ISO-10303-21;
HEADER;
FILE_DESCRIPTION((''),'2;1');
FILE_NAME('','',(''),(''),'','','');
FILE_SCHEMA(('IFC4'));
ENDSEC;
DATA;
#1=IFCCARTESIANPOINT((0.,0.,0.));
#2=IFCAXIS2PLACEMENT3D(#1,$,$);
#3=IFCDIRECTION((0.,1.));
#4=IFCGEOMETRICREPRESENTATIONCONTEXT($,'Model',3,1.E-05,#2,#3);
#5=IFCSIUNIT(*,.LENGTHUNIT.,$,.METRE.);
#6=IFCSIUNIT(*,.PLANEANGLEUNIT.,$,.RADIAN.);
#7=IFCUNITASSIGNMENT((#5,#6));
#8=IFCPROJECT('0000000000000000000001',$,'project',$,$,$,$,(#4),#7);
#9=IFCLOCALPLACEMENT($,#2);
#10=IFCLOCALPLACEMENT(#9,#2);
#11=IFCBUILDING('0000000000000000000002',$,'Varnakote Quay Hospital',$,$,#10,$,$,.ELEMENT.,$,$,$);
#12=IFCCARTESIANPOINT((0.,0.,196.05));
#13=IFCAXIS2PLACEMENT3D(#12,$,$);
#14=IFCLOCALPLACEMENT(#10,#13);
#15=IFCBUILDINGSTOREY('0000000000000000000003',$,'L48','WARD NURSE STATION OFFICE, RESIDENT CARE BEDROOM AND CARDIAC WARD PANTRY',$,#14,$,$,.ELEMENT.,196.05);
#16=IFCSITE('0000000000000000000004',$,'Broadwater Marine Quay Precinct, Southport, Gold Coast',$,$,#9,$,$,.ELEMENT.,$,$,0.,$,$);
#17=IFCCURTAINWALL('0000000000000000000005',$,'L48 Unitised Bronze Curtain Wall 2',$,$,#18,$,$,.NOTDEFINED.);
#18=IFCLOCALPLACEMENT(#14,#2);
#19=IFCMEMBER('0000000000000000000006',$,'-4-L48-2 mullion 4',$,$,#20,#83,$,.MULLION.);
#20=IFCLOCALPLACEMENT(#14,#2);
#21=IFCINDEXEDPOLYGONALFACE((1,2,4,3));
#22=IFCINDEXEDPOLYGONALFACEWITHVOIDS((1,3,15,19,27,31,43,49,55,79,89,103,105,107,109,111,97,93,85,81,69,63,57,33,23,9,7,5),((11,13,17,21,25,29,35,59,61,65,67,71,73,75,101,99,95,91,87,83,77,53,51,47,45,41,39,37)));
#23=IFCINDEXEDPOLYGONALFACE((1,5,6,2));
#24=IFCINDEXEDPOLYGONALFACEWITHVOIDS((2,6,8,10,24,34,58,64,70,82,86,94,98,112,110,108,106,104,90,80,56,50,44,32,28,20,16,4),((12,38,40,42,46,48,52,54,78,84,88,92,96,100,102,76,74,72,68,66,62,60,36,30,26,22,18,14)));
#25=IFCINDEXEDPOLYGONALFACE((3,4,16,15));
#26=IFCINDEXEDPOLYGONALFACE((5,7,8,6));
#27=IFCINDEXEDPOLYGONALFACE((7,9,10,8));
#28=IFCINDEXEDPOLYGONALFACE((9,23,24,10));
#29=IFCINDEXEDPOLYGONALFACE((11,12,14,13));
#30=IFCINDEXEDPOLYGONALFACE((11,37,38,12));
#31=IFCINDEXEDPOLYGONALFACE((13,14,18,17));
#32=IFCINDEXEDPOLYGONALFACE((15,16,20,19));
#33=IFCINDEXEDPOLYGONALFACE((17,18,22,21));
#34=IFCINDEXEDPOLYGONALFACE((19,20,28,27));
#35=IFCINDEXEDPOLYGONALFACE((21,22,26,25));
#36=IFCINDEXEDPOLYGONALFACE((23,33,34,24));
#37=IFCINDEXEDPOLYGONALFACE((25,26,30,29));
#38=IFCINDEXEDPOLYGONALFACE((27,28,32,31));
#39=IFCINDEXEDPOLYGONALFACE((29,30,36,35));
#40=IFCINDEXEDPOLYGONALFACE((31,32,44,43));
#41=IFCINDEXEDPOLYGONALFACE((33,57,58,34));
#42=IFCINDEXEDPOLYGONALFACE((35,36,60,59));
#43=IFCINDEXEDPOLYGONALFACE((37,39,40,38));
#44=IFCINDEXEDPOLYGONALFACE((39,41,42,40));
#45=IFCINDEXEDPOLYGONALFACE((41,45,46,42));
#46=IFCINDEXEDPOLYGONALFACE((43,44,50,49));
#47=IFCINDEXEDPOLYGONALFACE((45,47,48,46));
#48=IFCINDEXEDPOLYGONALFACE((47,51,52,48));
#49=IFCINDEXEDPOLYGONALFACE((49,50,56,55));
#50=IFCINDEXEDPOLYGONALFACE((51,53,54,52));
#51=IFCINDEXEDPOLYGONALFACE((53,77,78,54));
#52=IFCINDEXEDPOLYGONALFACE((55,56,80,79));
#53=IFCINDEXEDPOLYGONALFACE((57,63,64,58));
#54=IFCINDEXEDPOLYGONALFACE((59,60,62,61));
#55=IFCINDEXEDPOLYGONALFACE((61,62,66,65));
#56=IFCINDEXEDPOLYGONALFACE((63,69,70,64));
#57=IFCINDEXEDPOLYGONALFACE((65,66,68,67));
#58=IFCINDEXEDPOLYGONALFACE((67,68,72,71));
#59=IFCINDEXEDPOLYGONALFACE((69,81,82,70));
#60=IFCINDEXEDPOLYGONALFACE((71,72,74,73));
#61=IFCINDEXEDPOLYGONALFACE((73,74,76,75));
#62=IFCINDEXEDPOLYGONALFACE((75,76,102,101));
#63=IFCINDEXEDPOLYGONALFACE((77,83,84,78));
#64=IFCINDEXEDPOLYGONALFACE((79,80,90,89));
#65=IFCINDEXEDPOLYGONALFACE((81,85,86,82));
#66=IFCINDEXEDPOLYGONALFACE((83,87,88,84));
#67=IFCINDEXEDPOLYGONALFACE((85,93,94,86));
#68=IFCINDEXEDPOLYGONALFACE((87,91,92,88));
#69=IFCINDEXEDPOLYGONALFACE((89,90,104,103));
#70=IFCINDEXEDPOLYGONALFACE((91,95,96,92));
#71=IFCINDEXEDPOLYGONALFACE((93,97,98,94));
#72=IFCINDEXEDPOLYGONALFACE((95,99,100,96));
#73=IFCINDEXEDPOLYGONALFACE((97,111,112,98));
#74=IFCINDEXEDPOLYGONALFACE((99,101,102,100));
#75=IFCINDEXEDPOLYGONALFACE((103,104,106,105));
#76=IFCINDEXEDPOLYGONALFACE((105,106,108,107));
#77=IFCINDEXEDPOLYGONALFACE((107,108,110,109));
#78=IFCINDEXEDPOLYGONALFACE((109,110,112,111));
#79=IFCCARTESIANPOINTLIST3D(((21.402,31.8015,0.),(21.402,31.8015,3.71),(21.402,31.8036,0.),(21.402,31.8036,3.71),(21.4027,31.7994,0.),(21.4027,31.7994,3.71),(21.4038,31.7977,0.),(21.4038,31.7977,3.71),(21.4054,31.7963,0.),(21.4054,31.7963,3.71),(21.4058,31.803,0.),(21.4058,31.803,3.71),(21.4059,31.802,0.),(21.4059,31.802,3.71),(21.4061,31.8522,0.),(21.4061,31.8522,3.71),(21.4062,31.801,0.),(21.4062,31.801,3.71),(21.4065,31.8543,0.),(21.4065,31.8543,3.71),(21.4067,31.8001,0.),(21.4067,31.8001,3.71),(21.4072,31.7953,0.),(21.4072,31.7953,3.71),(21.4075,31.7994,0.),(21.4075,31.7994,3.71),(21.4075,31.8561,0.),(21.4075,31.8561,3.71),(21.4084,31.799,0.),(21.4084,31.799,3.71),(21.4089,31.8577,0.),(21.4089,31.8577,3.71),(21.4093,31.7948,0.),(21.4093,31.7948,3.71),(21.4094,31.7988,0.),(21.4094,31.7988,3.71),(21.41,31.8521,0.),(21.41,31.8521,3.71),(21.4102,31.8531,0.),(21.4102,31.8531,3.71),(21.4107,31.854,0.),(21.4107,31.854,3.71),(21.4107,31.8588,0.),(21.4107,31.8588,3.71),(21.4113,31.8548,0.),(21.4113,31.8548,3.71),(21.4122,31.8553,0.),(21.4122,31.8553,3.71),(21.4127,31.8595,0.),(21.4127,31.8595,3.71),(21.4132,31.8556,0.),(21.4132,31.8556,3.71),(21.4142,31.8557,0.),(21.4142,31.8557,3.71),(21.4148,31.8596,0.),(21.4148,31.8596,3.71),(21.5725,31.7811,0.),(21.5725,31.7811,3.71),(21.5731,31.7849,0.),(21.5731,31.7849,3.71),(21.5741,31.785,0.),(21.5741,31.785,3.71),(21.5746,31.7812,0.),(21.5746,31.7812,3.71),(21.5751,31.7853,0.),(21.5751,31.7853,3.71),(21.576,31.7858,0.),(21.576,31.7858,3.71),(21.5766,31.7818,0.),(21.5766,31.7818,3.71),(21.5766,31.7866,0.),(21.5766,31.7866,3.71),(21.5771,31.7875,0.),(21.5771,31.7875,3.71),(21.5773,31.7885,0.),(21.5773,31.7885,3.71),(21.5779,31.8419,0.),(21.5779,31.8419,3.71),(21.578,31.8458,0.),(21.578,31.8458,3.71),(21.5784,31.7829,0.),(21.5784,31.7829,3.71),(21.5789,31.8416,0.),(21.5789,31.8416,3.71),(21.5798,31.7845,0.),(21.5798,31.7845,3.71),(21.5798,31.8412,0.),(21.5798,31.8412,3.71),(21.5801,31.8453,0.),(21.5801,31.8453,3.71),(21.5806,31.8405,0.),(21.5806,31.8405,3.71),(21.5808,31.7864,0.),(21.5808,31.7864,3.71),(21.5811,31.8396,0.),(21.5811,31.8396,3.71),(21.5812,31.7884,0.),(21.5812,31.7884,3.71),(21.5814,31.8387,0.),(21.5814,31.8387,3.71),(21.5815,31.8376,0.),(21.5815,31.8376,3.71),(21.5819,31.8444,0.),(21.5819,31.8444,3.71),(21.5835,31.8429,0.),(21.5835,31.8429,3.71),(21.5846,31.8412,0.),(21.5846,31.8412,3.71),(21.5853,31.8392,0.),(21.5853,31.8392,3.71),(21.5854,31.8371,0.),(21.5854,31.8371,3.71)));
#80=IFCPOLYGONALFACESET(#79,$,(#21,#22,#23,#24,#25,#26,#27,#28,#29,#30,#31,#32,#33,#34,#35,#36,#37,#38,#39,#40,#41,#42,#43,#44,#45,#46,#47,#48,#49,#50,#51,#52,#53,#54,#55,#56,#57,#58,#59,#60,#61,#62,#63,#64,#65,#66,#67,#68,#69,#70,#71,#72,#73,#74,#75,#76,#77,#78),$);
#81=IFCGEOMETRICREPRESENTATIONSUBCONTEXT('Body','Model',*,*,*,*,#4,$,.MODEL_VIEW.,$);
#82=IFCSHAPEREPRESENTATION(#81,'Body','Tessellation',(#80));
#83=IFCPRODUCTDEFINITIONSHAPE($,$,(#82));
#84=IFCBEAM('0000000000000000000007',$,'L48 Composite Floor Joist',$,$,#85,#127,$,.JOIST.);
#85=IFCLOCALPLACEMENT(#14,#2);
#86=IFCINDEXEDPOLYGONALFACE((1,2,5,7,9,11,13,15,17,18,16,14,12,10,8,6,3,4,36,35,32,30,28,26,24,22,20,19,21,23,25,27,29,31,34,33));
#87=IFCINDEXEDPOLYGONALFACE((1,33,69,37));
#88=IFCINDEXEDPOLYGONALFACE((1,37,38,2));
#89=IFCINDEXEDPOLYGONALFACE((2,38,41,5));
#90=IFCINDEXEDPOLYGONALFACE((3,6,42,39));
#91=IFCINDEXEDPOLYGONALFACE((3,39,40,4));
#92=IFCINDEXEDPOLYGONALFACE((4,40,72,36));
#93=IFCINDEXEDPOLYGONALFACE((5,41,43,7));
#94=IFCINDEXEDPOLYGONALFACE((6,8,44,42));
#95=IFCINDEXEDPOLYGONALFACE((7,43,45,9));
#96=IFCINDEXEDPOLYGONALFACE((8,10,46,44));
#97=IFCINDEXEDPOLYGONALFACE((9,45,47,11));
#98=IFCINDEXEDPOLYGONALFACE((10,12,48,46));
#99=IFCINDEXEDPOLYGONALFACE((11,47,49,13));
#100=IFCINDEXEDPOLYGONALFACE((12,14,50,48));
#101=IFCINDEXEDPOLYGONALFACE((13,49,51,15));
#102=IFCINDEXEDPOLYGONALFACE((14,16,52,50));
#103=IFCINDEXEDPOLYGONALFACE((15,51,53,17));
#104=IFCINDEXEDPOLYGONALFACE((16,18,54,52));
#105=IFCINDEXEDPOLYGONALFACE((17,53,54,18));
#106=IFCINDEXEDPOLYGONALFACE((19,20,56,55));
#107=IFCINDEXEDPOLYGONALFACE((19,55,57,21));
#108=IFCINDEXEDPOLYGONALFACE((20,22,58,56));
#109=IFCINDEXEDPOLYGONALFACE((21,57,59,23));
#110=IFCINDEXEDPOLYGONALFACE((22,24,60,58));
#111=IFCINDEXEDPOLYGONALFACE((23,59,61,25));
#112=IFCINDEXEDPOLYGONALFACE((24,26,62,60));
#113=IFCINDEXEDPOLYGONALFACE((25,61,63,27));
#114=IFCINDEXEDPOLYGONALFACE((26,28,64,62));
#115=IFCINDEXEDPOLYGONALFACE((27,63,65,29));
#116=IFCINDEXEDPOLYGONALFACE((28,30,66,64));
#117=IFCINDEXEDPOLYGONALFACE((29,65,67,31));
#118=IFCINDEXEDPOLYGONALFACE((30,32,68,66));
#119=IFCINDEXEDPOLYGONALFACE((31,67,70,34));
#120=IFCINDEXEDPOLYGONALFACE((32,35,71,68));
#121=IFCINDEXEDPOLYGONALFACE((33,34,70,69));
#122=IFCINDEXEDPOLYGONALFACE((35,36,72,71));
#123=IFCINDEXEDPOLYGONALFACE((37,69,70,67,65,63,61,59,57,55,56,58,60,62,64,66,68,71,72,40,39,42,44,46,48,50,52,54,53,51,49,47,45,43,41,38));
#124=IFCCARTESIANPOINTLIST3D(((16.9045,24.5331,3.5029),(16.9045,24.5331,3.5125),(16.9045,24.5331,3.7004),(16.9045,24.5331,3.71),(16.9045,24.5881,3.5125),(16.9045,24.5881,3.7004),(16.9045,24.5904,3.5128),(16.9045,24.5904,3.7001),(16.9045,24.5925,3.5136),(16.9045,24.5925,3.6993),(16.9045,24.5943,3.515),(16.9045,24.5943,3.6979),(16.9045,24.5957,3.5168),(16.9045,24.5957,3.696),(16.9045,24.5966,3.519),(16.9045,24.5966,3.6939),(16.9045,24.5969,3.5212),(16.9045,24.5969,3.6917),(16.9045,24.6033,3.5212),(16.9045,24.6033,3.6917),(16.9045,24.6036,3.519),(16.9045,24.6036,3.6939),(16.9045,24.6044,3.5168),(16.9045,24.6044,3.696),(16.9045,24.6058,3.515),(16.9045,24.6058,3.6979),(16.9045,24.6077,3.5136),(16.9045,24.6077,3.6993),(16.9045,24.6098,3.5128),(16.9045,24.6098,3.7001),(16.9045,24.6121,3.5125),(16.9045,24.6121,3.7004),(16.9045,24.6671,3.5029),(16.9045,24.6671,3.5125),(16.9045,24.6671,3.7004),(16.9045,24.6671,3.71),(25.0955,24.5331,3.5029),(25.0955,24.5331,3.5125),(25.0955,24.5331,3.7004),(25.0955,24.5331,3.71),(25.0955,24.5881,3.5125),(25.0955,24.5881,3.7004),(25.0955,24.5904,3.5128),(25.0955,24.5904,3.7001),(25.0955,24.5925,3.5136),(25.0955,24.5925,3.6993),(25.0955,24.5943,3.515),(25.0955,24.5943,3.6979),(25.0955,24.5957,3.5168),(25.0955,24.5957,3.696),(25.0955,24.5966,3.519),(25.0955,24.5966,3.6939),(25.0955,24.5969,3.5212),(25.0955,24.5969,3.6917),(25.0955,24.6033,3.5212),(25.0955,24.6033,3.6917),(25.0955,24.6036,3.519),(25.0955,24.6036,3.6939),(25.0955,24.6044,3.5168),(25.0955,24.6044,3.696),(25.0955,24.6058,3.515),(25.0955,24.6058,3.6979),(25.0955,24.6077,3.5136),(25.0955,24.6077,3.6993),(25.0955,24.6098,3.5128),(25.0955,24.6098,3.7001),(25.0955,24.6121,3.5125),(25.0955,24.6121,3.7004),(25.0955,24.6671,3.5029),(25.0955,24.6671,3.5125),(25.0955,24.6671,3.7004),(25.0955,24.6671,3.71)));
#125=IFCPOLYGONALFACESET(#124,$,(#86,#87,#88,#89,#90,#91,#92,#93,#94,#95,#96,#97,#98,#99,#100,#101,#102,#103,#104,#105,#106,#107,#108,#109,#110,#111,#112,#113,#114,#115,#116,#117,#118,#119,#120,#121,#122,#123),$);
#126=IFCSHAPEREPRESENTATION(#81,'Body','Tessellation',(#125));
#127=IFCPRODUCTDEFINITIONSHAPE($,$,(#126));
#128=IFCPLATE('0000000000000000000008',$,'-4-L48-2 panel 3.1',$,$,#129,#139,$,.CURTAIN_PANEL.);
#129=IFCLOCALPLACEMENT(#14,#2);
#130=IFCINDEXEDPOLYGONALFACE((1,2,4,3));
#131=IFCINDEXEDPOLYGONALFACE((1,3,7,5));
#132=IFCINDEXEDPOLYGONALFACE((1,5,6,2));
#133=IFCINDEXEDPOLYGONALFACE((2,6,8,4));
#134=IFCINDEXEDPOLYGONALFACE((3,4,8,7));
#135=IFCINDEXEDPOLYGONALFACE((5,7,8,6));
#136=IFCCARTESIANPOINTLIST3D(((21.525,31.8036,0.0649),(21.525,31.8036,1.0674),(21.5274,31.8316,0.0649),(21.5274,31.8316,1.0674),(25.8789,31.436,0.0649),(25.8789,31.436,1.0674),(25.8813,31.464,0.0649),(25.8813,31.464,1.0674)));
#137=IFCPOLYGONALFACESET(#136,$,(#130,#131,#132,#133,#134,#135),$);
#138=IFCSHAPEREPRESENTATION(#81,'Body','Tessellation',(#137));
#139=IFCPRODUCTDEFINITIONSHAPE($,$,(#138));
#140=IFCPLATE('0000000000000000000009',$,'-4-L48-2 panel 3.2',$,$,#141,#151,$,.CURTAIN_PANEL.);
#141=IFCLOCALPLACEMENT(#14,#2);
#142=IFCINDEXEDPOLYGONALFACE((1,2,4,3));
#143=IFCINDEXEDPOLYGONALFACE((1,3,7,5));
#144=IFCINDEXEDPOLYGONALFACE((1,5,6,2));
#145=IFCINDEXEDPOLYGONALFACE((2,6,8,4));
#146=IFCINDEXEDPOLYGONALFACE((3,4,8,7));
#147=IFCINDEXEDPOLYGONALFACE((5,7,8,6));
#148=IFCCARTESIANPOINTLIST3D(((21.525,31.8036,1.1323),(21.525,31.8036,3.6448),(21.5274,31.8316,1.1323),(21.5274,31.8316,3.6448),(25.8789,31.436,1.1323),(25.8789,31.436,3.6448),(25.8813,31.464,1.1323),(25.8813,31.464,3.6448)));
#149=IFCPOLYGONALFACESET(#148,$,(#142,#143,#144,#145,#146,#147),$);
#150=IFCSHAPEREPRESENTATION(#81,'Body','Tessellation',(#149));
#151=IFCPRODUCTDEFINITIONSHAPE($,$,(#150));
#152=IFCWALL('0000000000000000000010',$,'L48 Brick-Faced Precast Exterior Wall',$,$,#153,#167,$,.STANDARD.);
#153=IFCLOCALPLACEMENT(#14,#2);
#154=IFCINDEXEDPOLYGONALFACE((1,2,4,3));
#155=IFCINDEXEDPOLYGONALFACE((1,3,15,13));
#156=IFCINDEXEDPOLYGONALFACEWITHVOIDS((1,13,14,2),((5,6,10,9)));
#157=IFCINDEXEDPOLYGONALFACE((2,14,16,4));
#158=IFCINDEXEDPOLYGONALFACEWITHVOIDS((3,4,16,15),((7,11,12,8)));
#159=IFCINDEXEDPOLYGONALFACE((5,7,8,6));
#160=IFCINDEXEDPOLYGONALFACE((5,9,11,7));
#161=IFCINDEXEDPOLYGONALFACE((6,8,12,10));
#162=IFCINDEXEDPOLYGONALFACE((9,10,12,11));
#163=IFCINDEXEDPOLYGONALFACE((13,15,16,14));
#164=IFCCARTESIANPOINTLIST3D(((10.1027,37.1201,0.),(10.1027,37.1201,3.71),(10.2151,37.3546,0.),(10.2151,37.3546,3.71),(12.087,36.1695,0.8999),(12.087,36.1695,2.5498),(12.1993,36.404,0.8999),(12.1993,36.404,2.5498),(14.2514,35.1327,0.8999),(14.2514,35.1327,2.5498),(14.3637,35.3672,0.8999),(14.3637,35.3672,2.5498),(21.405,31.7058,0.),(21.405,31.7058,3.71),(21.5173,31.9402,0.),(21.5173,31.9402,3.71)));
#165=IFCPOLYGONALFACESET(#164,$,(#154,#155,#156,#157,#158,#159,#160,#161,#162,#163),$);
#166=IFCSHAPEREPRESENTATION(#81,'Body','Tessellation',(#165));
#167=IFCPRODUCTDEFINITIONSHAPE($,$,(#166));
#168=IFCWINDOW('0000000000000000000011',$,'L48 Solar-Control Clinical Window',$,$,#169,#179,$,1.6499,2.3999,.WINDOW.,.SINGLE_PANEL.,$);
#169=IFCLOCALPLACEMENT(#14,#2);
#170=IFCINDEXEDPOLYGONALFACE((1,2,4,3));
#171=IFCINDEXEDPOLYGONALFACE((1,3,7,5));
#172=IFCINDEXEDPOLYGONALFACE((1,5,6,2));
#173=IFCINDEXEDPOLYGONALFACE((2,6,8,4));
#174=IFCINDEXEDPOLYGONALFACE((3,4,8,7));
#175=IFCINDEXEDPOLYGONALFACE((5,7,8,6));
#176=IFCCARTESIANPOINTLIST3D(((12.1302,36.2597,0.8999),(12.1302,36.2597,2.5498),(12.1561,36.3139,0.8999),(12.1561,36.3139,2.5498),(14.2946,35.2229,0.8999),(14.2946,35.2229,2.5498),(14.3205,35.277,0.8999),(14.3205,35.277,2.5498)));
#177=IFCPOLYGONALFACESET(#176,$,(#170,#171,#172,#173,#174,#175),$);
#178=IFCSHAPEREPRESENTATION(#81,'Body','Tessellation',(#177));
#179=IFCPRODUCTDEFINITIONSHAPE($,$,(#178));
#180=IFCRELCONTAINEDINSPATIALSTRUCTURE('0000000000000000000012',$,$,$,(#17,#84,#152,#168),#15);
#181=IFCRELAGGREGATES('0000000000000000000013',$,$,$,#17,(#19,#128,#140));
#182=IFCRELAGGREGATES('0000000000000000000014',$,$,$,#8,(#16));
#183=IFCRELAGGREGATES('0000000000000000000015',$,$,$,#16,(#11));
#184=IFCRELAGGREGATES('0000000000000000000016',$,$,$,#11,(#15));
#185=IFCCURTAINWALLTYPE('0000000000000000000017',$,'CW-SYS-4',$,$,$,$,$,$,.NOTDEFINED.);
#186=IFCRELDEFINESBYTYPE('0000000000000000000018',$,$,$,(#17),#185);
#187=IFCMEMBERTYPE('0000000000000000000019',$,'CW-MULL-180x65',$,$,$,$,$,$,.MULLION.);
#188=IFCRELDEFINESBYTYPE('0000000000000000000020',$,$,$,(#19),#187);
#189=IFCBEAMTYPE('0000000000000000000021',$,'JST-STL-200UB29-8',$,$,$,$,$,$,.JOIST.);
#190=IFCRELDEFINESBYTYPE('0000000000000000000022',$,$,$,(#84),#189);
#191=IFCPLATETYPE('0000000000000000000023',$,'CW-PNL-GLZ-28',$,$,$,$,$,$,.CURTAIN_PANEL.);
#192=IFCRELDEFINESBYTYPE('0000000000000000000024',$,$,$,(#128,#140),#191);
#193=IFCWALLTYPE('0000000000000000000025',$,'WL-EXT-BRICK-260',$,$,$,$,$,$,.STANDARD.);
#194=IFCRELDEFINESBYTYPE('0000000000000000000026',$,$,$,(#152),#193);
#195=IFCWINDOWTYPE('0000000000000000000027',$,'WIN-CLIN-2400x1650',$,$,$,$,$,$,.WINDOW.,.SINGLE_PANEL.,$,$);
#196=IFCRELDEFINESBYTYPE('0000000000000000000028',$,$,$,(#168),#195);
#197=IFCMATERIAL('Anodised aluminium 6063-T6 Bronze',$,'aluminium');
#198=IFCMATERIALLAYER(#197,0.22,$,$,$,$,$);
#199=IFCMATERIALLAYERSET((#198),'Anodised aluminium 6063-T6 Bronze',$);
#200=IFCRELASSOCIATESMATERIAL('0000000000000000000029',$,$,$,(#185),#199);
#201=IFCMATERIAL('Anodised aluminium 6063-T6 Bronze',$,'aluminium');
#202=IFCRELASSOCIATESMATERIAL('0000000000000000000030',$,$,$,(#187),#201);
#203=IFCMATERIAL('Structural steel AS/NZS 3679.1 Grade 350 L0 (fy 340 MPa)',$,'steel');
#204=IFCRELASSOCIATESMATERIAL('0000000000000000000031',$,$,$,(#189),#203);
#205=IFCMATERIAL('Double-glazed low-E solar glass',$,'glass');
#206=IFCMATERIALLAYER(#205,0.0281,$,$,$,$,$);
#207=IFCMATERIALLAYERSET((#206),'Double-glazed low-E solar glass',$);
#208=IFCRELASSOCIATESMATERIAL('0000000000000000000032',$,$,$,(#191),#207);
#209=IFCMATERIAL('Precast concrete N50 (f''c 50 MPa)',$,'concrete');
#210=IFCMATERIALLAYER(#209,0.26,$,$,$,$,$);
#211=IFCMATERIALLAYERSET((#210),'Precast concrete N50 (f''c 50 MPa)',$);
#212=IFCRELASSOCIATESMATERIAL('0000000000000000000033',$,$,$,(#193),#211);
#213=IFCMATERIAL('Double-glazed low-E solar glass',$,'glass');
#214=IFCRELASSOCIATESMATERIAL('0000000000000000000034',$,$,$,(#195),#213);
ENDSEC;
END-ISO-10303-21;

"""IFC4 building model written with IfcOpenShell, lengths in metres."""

from ifc_helpers import new_model, si_unit, direction, frame, frame_2d, origin, origin_2d, place, context, subcontext, project, spatial, rectangle, hollow_rectangle, i_section, extrude, material, layer, layer_set, material_profile, profile_set, type_object, element, fill, aggregate, save


model = new_model("IFC4")

# Units and contexts
model_context = context("Model", 3, precision=1e-05, world=origin(), true_north=direction((0.0, 1.0)))
body_context = subcontext(model_context, "Body", "Model", "MODEL_VIEW")
ifc_project = project(units=[si_unit("LENGTHUNIT", "METRE"), si_unit("PLANEANGLEUNIT", "RADIAN")], contexts=[model_context])

# Site, building, storey
site_placement = place(None, origin())
site = spatial("IfcSite", under=ifc_project, at=site_placement, Name="Broadwater Marine Quay Precinct, Southport, Gold Coast", CompositionType="ELEMENT", RefElevation=0.0)
building_placement = place(site_placement, origin())
building = spatial("IfcBuilding", under=site, at=building_placement, Name="Varnakote Quay Hospital", CompositionType="ELEMENT")
storey_placement = place(building_placement, frame((0.0, 0.0, 196.05)))
storey = spatial("IfcBuildingStorey", under=building, at=storey_placement, Name="L48", Description="WARD NURSE STATION OFFICE, RESIDENT CARE BEDROOM AND CARDIAC WARD PANTRY", CompositionType="ELEMENT", Elevation=196.05)

# Curtain wall, member
ifc_material_1 = material(Name="Anodised aluminium 6063-T6 Bronze", Category="aluminium")
ifc_layer_1 = layer(ifc_material_1, 0.22)
ifc_layer_set_1 = layer_set([ifc_layer_1], Name="Anodised aluminium 6063-T6 Bronze")
curtain_wall_type = type_object("IfcCurtainWallType", Name="CW-SYS-4", PredefinedType="NOTDEFINED", material=ifc_layer_set_1)
curtain_wall_placement = place(storey_placement, origin())
curtain_wall = element("IfcCurtainWall", 1, at=curtain_wall_placement, inside=storey, type_object=curtain_wall_type, Name="L48 Unitised Bronze Curtain Wall 2", PredefinedType="NOTDEFINED")
ifc_material_2 = material(Name="Anodised aluminium 6063-T6 Bronze", Category="aluminium")
ifc_material_profile_1 = material_profile(ifc_material_2, hollow_rectangle(XDim=0.0649, YDim=0.1799, WallThickness=0.0039, InnerFilletRadius=0.0039, OuterFilletRadius=0.0081, at=origin_2d()), Name="CW-MULL-180x65")
ifc_profile_set_1 = profile_set([ifc_material_profile_1], Name="Anodised aluminium 6063-T6 Bronze")
member_type = type_object("IfcMemberType", Name="CW-MULL-180x65", PredefinedType="MULLION", material=ifc_profile_set_1)
member_placement = place(storey_placement, frame((21.4937, 31.8203, 0.0), z_axis=(0.0, 0.0, 1.0), x_axis=(-0.084136, -0.996454, 0.0)))
member = element("IfcMember", 2, at=member_placement, type_object=member_type, Name="-4-L48-2 mullion 4", PredefinedType="MULLION", context=body_context, shape_type="SweptSolid", body=[
    extrude(hollow_rectangle(XDim=0.0649, YDim=0.1799, WallThickness=0.0039, InnerFilletRadius=0.0039, OuterFilletRadius=0.0081, at=origin_2d()), origin(), (0.0, 0.0, 1.0), 3.71),
])

# Beam
ifc_material_3 = material(Name="Structural steel AS/NZS 3679.1 Grade 350 L0 (fy 340 MPa)", Category="steel")
ifc_material_profile_2 = material_profile(ifc_material_3, i_section(OverallWidth=0.134, OverallDepth=0.207, WebThickness=0.0063, FlangeThickness=0.0095, FilletRadius=0.0088, at=origin_2d()), Name="200UB29.8")
ifc_profile_set_2 = profile_set([ifc_material_profile_2], Name="Structural steel AS/NZS 3679.1 Grade 350 L0 (fy 340 MPa)")
beam_type_1 = type_object("IfcBeamType", Name="JST-STL-200UB29-8", PredefinedType="JOIST", material=ifc_profile_set_2)
beam_1_placement = place(storey_placement, frame((16.9045, 24.6001, 3.6064), z_axis=(1.0, 0.0, 0.0), x_axis=(0.0, 1.0, 0.0)))
element("IfcBeam", 3, at=beam_1_placement, inside=storey, type_object=beam_type_1, Name="L48 Composite Floor Joist", PredefinedType="JOIST", context=body_context, shape_type="SweptSolid", body=[
    extrude(i_section(OverallWidth=0.134, OverallDepth=0.207, WebThickness=0.0063, FlangeThickness=0.0095, FilletRadius=0.0088, at=origin_2d()), origin(), (0.0, 0.0, 1.0), 8.1909),
])

# Plates
ifc_material_4 = material(Name="Double-glazed low-E solar glass", Category="glass")
ifc_layer_2 = layer(ifc_material_4, 0.0281)
ifc_layer_set_2 = layer_set([ifc_layer_2], Name="Double-glazed low-E solar glass")
plate_type = type_object("IfcPlateType", Name="CW-PNL-GLZ-28", PredefinedType="CURTAIN_PANEL", material=ifc_layer_set_2)
plate_1_placement = place(storey_placement, frame((23.7031, 31.6338, 0.0649), z_axis=(0.0, 0.0, 1.0), x_axis=(-0.996454, 0.084136, 0.0)))
plate_1 = element("IfcPlate", 4, at=plate_1_placement, type_object=plate_type, Name="-4-L48-2 panel 3.1", PredefinedType="CURTAIN_PANEL", context=body_context, shape_type="SweptSolid", body=[
    extrude(rectangle(XDim=4.3694, YDim=0.0281, at=origin_2d()), origin(), (0.0, 0.0, 1.0), 1.0024),
])
plate_2_placement = place(storey_placement, frame((23.7031, 31.6338, 1.1323), z_axis=(0.0, 0.0, 1.0), x_axis=(-0.996454, 0.084136, 0.0)))
plate_2 = element("IfcPlate", 5, at=plate_2_placement, type_object=plate_type, Name="-4-L48-2 panel 3.2", PredefinedType="CURTAIN_PANEL", context=body_context, shape_type="SweptSolid", body=[
    extrude(rectangle(XDim=4.3694, YDim=0.0281, at=origin_2d()), origin(), (0.0, 0.0, 1.0), 2.5125),
])
aggregate(curtain_wall, [member, plate_1, plate_2])

# Wall, opening, window
ifc_material_5 = material(Name="Precast concrete N50 (f'c 50 MPa)", Category="concrete")
ifc_layer_3 = layer(ifc_material_5, 0.26)
ifc_layer_set_3 = layer_set([ifc_layer_3], Name="Precast concrete N50 (f'c 50 MPa)")
wall_type_1 = type_object("IfcWallType", Name="WL-EXT-BRICK-260", PredefinedType="STANDARD", material=ifc_layer_set_3)
wall_1_placement = place(storey_placement, frame((21.4612, 31.823, 0.0), z_axis=(0.0, 0.0, 1.0), x_axis=(-0.901858, 0.432032, 0.0)))
wall_1 = element("IfcWall", 6, at=wall_1_placement, inside=storey, type_object=wall_type_1, Name="L48 Brick-Faced Precast Exterior Wall", PredefinedType="STANDARD", context=body_context, shape_type="SweptSolid", body=[
    extrude(rectangle(XDim=12.5322, YDim=0.26, at=frame_2d((6.2661, 0.0))), origin(), (0.0, 0.0, 1.0), 3.71),
])
opening_1_placement = place(wall_1_placement, frame((7.9321, 0.0, 0.8999)))
opening_1 = element("IfcOpeningElement", 7, at=opening_1_placement, cuts=wall_1, PredefinedType="OPENING", context=body_context, shape_type="SweptSolid", body=[
    extrude(rectangle(XDim=2.3999, YDim=1.6499, at=frame_2d((1.2, 0.825))), frame((0.0, 0.1399, 0.0), z_axis=(0.0, -1.0, 0.0), x_axis=(1.0, 0.0, 0.0)), (0.0, 0.0, 1.0), 0.28),
])
ifc_material_6 = material(Name="Double-glazed low-E solar glass", Category="glass")
window_type = type_object("IfcWindowType", Name="WIN-CLIN-2400x1650", PartitioningType="SINGLE_PANEL", PredefinedType="WINDOW", material=ifc_material_6)
window_1_placement = place(opening_1_placement, origin())
window_1 = element("IfcWindow", 8, at=window_1_placement, inside=storey, type_object=window_type, Name="L48 Solar-Control Clinical Window", OverallHeight=1.6499, OverallWidth=2.3999, PartitioningType="SINGLE_PANEL", PredefinedType="WINDOW", context=body_context, shape_type="SweptSolid", body=[
    extrude(rectangle(XDim=2.3999, YDim=1.6499, at=frame_2d((1.2, 0.825))), frame((0.0, 0.03, 0.0), z_axis=(0.0, -1.0, 0.0), x_axis=(1.0, 0.0, 0.0)), (0.0, 0.0, 1.0), 0.0601),
])
fill(opening_1, window_1)

save(model, "model.ifc")
